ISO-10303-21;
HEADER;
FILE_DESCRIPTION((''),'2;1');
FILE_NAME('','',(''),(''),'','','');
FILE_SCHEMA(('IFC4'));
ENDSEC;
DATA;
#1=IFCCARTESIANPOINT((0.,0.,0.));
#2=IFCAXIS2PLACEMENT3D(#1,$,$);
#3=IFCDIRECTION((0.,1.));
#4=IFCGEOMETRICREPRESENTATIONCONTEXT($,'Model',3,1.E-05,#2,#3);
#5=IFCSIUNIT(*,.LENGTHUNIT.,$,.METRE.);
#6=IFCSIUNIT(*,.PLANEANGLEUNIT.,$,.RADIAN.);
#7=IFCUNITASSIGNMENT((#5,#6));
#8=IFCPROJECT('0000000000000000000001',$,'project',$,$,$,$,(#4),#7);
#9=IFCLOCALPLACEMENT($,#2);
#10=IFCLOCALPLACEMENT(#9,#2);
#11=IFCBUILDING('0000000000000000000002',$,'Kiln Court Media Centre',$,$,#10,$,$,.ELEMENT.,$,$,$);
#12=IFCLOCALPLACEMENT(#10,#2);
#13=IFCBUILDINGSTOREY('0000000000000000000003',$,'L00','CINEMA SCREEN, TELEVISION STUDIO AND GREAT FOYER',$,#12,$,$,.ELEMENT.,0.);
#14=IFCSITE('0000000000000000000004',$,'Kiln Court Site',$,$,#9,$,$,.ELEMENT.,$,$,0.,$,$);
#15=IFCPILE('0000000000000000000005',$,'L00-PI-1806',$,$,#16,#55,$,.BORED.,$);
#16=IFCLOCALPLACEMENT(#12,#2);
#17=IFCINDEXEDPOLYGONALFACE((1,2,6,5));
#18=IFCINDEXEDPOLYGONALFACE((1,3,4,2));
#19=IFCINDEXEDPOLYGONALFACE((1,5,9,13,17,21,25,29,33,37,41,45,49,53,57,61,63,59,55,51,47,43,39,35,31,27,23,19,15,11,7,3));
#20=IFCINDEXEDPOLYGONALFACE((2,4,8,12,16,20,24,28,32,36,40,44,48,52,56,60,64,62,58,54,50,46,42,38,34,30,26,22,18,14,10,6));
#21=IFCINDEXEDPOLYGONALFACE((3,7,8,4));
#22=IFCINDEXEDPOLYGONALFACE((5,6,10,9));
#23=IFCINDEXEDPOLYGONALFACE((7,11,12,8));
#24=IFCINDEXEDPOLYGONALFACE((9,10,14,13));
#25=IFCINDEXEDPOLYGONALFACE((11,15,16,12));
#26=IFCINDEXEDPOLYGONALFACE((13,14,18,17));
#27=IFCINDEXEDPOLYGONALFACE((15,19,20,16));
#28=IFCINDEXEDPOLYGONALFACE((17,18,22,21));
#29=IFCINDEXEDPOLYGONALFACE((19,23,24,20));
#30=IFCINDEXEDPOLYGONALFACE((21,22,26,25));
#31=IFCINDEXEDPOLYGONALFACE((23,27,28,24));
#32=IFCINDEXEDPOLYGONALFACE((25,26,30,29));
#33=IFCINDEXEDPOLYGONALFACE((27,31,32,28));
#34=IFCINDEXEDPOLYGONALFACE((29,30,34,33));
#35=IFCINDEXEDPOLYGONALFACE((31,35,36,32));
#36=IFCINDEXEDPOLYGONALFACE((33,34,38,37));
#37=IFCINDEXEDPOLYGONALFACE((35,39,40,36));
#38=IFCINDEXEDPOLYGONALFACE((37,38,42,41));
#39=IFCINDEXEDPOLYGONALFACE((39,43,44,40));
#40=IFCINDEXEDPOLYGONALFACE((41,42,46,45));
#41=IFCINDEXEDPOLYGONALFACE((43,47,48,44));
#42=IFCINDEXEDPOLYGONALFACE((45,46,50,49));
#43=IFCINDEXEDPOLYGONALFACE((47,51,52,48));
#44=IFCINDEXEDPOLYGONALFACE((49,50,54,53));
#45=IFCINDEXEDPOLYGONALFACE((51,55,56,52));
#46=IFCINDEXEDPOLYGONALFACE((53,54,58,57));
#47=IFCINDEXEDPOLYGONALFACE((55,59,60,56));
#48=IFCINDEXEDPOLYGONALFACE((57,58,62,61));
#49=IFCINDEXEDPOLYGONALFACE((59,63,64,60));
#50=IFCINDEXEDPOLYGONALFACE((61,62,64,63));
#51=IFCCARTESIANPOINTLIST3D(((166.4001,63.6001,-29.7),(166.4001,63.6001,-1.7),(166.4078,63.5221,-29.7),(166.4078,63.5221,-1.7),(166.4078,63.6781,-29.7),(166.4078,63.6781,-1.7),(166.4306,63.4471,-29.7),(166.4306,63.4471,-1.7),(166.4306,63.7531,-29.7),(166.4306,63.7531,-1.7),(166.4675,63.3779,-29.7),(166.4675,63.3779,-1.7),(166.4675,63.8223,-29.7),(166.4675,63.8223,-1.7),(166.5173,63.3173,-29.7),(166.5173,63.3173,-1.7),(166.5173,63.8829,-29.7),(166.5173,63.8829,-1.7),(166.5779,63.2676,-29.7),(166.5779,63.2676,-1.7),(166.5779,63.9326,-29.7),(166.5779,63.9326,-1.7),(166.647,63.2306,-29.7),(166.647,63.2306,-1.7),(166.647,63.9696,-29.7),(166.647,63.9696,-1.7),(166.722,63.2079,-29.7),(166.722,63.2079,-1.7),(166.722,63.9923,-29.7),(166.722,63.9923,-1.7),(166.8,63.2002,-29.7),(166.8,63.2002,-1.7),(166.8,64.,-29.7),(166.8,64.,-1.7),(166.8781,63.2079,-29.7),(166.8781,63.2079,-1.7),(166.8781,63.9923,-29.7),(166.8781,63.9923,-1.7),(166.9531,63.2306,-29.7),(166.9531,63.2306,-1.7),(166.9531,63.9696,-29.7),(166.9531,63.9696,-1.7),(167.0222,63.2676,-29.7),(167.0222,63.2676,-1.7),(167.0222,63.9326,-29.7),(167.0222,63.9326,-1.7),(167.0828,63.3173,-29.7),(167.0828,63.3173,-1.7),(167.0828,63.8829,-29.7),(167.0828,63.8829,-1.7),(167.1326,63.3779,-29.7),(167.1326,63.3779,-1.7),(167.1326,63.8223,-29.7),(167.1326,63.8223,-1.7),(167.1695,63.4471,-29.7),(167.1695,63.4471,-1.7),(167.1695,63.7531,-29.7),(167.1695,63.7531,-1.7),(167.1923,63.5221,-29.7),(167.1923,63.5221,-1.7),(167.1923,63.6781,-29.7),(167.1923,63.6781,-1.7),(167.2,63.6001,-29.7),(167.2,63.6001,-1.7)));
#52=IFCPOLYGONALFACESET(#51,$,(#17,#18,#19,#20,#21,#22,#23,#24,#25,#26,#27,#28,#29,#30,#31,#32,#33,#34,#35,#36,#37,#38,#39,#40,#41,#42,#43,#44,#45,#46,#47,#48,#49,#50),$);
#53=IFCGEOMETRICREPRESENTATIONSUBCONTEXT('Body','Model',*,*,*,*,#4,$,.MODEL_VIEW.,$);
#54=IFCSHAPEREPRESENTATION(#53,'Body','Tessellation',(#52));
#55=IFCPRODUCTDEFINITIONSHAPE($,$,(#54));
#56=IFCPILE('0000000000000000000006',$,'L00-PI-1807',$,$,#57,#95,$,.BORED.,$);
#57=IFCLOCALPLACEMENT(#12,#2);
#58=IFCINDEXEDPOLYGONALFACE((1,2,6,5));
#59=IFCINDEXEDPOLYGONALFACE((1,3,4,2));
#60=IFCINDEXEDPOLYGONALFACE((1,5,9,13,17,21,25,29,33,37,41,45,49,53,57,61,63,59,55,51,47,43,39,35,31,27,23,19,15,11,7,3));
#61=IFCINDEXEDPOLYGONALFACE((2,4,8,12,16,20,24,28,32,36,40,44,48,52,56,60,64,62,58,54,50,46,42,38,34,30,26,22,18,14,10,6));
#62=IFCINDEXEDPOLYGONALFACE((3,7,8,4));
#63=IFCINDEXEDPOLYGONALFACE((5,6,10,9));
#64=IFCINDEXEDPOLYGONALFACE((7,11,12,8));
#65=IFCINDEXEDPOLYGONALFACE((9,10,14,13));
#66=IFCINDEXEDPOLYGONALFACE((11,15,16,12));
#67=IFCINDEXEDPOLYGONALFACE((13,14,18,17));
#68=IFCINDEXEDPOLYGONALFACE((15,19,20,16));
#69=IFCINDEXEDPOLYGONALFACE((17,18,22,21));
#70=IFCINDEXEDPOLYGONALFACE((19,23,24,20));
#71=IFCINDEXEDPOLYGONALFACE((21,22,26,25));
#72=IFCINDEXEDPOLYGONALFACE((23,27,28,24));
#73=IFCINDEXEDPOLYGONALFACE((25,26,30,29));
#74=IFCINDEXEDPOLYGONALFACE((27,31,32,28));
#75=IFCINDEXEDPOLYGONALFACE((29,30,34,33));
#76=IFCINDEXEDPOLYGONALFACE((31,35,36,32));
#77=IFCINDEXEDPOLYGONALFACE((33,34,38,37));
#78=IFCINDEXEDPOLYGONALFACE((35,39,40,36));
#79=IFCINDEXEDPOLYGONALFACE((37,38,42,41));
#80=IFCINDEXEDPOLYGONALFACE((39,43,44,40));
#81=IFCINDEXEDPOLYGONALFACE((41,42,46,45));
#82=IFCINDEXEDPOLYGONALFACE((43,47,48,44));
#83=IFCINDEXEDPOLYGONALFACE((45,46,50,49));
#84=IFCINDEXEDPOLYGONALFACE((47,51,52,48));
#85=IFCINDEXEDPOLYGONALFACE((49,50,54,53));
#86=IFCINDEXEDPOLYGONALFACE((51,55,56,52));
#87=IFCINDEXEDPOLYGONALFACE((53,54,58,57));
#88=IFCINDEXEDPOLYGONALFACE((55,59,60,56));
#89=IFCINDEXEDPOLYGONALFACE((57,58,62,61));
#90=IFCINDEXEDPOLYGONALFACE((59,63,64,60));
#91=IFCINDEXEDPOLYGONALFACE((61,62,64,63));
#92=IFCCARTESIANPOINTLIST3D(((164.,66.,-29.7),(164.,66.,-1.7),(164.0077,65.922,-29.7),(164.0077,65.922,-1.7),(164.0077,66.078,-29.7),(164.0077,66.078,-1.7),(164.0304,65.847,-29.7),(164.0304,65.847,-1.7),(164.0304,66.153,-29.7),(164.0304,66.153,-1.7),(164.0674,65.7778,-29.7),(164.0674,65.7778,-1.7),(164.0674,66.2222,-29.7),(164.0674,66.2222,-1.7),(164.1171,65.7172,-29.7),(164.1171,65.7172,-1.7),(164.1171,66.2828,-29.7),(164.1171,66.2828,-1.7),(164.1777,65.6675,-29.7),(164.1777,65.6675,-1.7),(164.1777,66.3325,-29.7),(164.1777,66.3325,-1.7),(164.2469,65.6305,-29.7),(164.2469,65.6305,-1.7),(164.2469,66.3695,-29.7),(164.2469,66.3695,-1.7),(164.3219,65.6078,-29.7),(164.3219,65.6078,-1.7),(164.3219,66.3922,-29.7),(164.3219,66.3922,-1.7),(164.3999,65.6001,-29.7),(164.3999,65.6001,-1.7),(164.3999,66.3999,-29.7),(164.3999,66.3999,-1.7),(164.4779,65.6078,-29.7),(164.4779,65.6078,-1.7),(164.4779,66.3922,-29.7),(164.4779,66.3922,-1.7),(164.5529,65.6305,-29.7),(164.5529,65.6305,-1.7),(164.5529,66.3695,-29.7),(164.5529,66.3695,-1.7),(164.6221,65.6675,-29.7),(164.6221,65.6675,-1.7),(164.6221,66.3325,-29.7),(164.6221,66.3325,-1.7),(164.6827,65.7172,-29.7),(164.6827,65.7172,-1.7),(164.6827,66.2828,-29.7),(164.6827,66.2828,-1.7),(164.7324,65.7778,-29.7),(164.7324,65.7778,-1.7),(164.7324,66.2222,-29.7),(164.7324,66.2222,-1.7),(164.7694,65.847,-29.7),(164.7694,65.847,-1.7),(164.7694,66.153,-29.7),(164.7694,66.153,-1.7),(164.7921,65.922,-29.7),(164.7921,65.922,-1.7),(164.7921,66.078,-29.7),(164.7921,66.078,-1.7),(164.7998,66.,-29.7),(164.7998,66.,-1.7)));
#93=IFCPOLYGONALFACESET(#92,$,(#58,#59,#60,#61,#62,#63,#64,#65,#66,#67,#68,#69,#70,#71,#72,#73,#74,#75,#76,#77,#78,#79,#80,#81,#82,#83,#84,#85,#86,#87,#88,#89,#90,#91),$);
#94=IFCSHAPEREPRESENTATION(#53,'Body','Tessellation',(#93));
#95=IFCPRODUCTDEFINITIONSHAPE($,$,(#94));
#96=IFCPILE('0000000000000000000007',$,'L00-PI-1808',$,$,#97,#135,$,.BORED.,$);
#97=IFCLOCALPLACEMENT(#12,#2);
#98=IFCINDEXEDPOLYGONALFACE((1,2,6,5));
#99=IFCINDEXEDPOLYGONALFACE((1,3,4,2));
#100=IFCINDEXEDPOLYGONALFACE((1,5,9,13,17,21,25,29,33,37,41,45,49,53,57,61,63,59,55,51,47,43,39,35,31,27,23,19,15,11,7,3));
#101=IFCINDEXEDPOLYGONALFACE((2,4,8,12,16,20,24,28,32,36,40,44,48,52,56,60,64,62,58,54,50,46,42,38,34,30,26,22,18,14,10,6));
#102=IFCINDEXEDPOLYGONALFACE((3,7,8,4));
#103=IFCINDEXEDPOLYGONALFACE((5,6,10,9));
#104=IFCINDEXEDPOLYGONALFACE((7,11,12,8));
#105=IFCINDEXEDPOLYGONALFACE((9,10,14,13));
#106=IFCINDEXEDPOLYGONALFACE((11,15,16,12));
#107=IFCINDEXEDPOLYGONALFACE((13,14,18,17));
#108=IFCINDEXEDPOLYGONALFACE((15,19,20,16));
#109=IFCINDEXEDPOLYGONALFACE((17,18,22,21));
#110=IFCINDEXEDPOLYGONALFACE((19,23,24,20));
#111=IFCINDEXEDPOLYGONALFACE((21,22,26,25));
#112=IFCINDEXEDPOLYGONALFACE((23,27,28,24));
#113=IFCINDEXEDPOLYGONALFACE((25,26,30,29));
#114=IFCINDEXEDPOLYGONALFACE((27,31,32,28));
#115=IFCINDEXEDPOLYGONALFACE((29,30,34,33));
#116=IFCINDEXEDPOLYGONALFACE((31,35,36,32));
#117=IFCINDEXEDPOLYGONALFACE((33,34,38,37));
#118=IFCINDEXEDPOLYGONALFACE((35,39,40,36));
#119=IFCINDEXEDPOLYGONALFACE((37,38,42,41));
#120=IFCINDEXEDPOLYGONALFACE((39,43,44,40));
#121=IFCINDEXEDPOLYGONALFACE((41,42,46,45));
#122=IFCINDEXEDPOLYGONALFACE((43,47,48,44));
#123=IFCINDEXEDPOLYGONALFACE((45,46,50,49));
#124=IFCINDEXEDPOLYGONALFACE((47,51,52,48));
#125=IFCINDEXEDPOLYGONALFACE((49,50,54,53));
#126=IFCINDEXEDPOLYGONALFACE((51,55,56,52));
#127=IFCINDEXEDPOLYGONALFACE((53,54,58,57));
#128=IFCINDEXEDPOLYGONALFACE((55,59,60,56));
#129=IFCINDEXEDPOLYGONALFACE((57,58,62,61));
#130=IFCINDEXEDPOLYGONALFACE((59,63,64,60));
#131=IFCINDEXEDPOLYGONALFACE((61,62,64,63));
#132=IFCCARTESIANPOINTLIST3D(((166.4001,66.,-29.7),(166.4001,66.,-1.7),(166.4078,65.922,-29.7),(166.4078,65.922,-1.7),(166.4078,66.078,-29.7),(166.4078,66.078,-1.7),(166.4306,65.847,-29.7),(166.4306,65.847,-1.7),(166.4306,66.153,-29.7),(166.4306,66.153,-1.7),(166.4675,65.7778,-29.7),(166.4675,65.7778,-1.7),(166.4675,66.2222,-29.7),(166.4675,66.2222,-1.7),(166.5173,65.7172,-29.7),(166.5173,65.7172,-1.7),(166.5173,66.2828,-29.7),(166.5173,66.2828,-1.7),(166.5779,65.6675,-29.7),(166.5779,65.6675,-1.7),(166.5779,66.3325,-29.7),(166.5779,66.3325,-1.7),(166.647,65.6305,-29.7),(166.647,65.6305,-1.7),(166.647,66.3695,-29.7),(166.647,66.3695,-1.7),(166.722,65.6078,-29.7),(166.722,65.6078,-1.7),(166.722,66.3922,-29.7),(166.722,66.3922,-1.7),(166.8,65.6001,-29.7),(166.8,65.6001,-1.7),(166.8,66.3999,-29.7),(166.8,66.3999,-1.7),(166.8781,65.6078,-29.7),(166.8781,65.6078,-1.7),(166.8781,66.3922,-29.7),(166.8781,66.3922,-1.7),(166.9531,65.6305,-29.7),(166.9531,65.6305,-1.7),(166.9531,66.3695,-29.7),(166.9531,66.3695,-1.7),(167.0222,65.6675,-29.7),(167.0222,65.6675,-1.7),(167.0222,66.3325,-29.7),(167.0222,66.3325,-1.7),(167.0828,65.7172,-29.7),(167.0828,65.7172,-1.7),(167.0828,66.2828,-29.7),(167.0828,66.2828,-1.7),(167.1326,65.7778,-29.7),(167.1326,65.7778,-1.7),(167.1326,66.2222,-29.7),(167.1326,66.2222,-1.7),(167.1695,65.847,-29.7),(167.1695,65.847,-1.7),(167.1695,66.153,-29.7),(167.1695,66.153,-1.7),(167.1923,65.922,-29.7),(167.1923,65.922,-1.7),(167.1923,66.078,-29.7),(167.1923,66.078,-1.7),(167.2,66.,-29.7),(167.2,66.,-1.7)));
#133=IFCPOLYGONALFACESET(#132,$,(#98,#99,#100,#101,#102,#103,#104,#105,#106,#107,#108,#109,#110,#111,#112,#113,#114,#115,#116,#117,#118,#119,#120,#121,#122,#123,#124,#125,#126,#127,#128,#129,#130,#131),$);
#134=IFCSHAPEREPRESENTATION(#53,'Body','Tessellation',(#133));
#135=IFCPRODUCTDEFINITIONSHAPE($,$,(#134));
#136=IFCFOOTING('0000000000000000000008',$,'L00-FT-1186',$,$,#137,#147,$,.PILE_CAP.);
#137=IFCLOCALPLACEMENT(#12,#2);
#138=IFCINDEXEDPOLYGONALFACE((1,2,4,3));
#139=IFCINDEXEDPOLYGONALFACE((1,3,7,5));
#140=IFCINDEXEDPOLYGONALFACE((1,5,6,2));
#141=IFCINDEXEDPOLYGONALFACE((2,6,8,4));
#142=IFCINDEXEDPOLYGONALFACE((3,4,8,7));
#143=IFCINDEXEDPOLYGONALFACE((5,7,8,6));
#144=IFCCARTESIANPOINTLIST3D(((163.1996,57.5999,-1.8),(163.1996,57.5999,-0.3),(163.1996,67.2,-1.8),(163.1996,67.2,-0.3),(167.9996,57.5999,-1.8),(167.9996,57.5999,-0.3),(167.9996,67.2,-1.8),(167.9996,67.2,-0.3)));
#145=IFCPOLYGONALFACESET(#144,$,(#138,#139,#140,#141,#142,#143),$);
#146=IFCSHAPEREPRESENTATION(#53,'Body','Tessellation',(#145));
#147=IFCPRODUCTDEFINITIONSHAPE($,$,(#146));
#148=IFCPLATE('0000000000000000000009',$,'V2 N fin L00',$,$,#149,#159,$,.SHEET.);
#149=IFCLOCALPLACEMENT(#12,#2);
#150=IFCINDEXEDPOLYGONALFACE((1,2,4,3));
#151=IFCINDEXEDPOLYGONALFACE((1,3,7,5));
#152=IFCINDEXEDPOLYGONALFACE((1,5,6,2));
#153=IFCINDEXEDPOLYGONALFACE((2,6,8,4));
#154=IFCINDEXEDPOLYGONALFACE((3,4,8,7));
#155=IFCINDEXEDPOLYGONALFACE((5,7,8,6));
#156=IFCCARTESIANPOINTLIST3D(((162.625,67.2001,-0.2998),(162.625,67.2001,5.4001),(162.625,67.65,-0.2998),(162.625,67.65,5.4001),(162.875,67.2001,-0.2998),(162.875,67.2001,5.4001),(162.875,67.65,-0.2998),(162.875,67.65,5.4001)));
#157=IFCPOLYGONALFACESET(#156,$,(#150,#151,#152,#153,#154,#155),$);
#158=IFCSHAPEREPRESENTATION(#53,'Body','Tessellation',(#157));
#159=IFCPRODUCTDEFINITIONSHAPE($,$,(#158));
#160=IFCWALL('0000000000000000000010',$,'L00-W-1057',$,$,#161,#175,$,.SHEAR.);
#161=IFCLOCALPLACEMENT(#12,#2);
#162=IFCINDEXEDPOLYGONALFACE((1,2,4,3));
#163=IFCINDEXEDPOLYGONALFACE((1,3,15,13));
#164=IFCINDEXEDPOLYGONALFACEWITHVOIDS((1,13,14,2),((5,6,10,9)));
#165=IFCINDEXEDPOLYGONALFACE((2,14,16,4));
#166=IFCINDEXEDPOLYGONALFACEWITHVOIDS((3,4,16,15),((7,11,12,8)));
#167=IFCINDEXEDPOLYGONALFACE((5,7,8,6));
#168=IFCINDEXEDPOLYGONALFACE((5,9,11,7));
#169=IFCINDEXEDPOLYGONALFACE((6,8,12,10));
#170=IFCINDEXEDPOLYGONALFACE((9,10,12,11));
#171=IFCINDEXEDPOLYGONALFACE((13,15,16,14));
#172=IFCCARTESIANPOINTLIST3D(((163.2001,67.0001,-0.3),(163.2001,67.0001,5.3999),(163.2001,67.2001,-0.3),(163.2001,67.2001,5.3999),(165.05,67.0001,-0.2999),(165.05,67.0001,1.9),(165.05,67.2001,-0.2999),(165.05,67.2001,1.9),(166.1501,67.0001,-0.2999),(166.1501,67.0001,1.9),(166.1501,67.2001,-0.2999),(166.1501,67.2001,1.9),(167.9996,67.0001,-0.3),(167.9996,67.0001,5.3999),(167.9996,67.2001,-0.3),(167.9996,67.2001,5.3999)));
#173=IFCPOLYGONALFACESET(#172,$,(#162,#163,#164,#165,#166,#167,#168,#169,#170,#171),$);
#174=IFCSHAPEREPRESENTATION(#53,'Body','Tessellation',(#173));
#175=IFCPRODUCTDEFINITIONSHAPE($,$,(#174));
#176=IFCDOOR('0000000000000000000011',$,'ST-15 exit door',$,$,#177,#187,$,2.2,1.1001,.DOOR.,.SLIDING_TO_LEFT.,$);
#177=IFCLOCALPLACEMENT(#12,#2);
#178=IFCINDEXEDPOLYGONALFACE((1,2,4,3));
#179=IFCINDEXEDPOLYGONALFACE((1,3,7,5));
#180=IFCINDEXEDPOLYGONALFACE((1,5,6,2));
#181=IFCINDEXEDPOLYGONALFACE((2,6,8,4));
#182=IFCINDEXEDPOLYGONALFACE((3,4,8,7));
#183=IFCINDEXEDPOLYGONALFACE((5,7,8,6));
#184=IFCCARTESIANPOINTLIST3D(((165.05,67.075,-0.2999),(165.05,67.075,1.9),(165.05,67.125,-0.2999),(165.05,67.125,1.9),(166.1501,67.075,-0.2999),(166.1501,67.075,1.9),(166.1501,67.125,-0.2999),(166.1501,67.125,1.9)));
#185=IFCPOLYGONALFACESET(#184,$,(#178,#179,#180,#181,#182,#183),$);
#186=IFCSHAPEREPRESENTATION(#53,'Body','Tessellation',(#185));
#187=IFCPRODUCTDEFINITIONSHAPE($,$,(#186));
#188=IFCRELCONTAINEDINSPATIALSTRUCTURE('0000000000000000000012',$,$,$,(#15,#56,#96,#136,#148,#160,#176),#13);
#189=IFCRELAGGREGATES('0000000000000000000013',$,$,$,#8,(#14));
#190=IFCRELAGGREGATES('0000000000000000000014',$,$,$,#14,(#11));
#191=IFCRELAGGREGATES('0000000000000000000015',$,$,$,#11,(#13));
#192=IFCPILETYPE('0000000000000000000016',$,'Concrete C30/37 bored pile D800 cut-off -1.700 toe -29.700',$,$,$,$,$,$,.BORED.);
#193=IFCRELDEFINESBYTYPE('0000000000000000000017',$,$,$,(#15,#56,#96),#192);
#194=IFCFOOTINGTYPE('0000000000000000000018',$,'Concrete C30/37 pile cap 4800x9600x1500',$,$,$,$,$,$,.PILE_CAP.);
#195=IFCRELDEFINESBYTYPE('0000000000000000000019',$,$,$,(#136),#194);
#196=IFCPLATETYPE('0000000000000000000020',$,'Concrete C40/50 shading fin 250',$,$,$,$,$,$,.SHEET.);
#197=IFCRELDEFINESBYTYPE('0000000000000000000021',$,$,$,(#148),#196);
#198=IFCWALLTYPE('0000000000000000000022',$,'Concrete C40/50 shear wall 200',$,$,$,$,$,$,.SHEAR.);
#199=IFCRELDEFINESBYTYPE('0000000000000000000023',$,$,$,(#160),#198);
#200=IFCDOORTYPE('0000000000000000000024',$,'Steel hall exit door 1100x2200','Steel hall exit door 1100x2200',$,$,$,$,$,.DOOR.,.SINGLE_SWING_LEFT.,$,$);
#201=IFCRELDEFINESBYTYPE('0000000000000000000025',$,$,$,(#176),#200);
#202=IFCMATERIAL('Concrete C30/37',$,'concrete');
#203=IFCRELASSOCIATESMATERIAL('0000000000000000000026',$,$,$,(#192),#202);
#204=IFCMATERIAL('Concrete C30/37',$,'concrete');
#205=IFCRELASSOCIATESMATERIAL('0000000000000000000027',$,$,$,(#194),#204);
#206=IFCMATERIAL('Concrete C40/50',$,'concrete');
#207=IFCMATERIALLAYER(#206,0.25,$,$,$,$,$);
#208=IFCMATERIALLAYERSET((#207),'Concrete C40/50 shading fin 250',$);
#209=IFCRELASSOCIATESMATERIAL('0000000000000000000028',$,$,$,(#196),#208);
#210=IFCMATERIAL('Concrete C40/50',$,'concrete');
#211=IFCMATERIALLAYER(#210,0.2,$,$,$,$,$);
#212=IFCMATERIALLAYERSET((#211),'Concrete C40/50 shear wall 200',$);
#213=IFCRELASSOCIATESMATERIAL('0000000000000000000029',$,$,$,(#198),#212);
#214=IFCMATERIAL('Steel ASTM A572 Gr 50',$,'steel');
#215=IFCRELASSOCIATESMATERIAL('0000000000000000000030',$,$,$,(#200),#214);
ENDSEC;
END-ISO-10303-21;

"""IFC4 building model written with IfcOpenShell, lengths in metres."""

from ifc_helpers import new_model, si_unit, direction, frame, frame_2d, origin, origin_2d, place, context, subcontext, project, spatial, rectangle, circle, extrude, material, layer, layer_set, material_profile, profile_set, type_object, element, fill, save


model = new_model("IFC4")

# Units and contexts
model_context = context("Model", 3, precision=1e-05, world=origin(), true_north=direction((0.0, 1.0)))
body_context = subcontext(model_context, "Body", "Model", "MODEL_VIEW")
ifc_project = project(units=[si_unit("LENGTHUNIT", "METRE"), si_unit("PLANEANGLEUNIT", "RADIAN")], contexts=[model_context])

# Site, building, storey
site_placement = place(None, origin())
site = spatial("IfcSite", under=ifc_project, at=site_placement, Name="Kiln Court Site", CompositionType="ELEMENT", RefElevation=0.0)
building_placement = place(site_placement, origin())
building = spatial("IfcBuilding", under=site, at=building_placement, Name="Kiln Court Media Centre", CompositionType="ELEMENT")
storey_placement = place(building_placement, origin())
storey = spatial("IfcBuildingStorey", under=building, at=storey_placement, Name="L00", Description="CINEMA SCREEN, TELEVISION STUDIO AND GREAT FOYER", CompositionType="ELEMENT", Elevation=0.0)

# Piles
ifc_material_1 = material(Name="Concrete C30/37", Category="concrete")
ifc_material_profile_1 = material_profile(ifc_material_1, circle(Radius=0.3999, at=origin_2d()), Name="PILE D800")
ifc_profile_set_1 = profile_set([ifc_material_profile_1], Name="Concrete C30/37")
pile_type_1 = type_object("IfcPileType", Name="Concrete C30/37 bored pile D800 cut-off -1.700 toe -29.700", PredefinedType="BORED", material=ifc_profile_set_1)
for number, where, z_axis, x_axis, name in (
    (1, (166.8, 63.6001, -1.7), (0.0, 0.0, -1.0), (1.0, 0.0, 0.0), "L00-PI-1806"),
    (2, (164.3999, 66.0, -1.7), (0.0, 0.0, -1.0), (1.0, 0.0, 0.0), "L00-PI-1807"),
    (3, (166.8, 66.0, -1.7), (0.0, 0.0, -1.0), (1.0, 0.0, 0.0), "L00-PI-1808"),
):
    element("IfcPile", number, at=place(storey_placement, frame(where, z_axis=z_axis, x_axis=x_axis)), inside=storey, type_object=pile_type_1, Name=name, PredefinedType="BORED", context=body_context, shape_type="SweptSolid", body=[
        extrude(circle(Radius=0.3999, at=origin_2d()), origin(), (0.0, 0.0, 1.0), 28.0),
    ])

# Footing
ifc_material_2 = material(Name="Concrete C30/37", Category="concrete")
footing_type = type_object("IfcFootingType", Name="Concrete C30/37 pile cap 4800x9600x1500", PredefinedType="PILE_CAP", material=ifc_material_2)
footing_placement = place(storey_placement, frame((165.5996, 62.3999, -1.8), z_axis=(0.0, 0.0, 1.0), x_axis=(1.0, 0.0, 0.0)))
element("IfcFooting", 4, at=footing_placement, inside=storey, type_object=footing_type, Name="L00-FT-1186", PredefinedType="PILE_CAP", context=body_context, shape_type="SweptSolid", body=[
    extrude(rectangle(XDim=4.8, YDim=9.6001, at=origin_2d()), origin(), (0.0, 0.0, 1.0), 1.5),
])

# Plate
ifc_material_3 = material(Name="Concrete C40/50", Category="concrete")
ifc_layer_1 = layer(ifc_material_3, 0.25)
ifc_layer_set_1 = layer_set([ifc_layer_1], Name="Concrete C40/50 shading fin 250")
plate_type = type_object("IfcPlateType", Name="Concrete C40/50 shading fin 250", PredefinedType="SHEET", material=ifc_layer_set_1)
plate_placement = place(storey_placement, frame((162.75, 67.425, -0.2998), z_axis=(0.0, 0.0, 1.0), x_axis=(1.0, 0.0, 0.0)))
element("IfcPlate", 5, at=plate_placement, inside=storey, type_object=plate_type, Name="V2 N fin L00", PredefinedType="SHEET", context=body_context, shape_type="SweptSolid", body=[
    extrude(rectangle(XDim=0.25, YDim=0.45, at=origin_2d()), origin(), (0.0, 0.0, 1.0), 5.7),
])

# Wall, opening, door
ifc_material_4 = material(Name="Concrete C40/50", Category="concrete")
ifc_layer_2 = layer(ifc_material_4, 0.2)
ifc_layer_set_2 = layer_set([ifc_layer_2], Name="Concrete C40/50 shear wall 200")
wall_type = type_object("IfcWallType", Name="Concrete C40/50 shear wall 200", PredefinedType="SHEAR", material=ifc_layer_set_2)
wall_1_placement = place(storey_placement, frame((163.2, 67.1001, -0.3), z_axis=(0.0, 0.0, 1.0), x_axis=(1.0, 0.0, 0.0)))
wall_1 = element("IfcWall", 6, at=wall_1_placement, inside=storey, type_object=wall_type, Name="L00-W-1057", PredefinedType="SHEAR", context=body_context, shape_type="SweptSolid", body=[
    extrude(rectangle(XDim=4.7996, YDim=0.2, at=frame_2d((2.3999, 0.0))), origin(), (0.0, 0.0, 1.0), 5.7),
])
opening_placement = place(wall_1_placement, frame((1.8501, 0.0, 0.0)))
opening = element("IfcOpeningElement", 7, at=opening_placement, cuts=wall_1, PredefinedType="OPENING", context=body_context, shape_type="SweptSolid", body=[
    extrude(rectangle(XDim=1.1001, YDim=2.2, at=frame_2d((0.55, 1.1001))), frame((0.0, 0.1099, 0.0), z_axis=(0.0, -1.0, 0.0), x_axis=(1.0, 0.0, 0.0)), (0.0, 0.0, 1.0), 0.22),
])
ifc_material_5 = material(Name="Steel ASTM A572 Gr 50", Category="steel")
door_type = type_object("IfcDoorType", Name="Steel hall exit door 1100x2200", Description="Steel hall exit door 1100x2200", OperationType="SINGLE_SWING_LEFT", PredefinedType="DOOR", material=ifc_material_5)
door_placement = place(opening_placement, origin())
door = element("IfcDoor", 8, at=door_placement, inside=storey, type_object=door_type, Name="ST-15 exit door", OperationType="SLIDING_TO_LEFT", OverallHeight=2.2, OverallWidth=1.1001, PredefinedType="DOOR", context=body_context, shape_type="SweptSolid", body=[
    extrude(rectangle(XDim=1.1001, YDim=2.2, at=frame_2d((0.55, 1.1001))), frame((0.0, 0.0249, 0.0), z_axis=(0.0, -1.0, 0.0), x_axis=(1.0, 0.0, 0.0)), (0.0, 0.0, 1.0), 0.05),
])
fill(opening, door)

save(model, "model.ifc")
